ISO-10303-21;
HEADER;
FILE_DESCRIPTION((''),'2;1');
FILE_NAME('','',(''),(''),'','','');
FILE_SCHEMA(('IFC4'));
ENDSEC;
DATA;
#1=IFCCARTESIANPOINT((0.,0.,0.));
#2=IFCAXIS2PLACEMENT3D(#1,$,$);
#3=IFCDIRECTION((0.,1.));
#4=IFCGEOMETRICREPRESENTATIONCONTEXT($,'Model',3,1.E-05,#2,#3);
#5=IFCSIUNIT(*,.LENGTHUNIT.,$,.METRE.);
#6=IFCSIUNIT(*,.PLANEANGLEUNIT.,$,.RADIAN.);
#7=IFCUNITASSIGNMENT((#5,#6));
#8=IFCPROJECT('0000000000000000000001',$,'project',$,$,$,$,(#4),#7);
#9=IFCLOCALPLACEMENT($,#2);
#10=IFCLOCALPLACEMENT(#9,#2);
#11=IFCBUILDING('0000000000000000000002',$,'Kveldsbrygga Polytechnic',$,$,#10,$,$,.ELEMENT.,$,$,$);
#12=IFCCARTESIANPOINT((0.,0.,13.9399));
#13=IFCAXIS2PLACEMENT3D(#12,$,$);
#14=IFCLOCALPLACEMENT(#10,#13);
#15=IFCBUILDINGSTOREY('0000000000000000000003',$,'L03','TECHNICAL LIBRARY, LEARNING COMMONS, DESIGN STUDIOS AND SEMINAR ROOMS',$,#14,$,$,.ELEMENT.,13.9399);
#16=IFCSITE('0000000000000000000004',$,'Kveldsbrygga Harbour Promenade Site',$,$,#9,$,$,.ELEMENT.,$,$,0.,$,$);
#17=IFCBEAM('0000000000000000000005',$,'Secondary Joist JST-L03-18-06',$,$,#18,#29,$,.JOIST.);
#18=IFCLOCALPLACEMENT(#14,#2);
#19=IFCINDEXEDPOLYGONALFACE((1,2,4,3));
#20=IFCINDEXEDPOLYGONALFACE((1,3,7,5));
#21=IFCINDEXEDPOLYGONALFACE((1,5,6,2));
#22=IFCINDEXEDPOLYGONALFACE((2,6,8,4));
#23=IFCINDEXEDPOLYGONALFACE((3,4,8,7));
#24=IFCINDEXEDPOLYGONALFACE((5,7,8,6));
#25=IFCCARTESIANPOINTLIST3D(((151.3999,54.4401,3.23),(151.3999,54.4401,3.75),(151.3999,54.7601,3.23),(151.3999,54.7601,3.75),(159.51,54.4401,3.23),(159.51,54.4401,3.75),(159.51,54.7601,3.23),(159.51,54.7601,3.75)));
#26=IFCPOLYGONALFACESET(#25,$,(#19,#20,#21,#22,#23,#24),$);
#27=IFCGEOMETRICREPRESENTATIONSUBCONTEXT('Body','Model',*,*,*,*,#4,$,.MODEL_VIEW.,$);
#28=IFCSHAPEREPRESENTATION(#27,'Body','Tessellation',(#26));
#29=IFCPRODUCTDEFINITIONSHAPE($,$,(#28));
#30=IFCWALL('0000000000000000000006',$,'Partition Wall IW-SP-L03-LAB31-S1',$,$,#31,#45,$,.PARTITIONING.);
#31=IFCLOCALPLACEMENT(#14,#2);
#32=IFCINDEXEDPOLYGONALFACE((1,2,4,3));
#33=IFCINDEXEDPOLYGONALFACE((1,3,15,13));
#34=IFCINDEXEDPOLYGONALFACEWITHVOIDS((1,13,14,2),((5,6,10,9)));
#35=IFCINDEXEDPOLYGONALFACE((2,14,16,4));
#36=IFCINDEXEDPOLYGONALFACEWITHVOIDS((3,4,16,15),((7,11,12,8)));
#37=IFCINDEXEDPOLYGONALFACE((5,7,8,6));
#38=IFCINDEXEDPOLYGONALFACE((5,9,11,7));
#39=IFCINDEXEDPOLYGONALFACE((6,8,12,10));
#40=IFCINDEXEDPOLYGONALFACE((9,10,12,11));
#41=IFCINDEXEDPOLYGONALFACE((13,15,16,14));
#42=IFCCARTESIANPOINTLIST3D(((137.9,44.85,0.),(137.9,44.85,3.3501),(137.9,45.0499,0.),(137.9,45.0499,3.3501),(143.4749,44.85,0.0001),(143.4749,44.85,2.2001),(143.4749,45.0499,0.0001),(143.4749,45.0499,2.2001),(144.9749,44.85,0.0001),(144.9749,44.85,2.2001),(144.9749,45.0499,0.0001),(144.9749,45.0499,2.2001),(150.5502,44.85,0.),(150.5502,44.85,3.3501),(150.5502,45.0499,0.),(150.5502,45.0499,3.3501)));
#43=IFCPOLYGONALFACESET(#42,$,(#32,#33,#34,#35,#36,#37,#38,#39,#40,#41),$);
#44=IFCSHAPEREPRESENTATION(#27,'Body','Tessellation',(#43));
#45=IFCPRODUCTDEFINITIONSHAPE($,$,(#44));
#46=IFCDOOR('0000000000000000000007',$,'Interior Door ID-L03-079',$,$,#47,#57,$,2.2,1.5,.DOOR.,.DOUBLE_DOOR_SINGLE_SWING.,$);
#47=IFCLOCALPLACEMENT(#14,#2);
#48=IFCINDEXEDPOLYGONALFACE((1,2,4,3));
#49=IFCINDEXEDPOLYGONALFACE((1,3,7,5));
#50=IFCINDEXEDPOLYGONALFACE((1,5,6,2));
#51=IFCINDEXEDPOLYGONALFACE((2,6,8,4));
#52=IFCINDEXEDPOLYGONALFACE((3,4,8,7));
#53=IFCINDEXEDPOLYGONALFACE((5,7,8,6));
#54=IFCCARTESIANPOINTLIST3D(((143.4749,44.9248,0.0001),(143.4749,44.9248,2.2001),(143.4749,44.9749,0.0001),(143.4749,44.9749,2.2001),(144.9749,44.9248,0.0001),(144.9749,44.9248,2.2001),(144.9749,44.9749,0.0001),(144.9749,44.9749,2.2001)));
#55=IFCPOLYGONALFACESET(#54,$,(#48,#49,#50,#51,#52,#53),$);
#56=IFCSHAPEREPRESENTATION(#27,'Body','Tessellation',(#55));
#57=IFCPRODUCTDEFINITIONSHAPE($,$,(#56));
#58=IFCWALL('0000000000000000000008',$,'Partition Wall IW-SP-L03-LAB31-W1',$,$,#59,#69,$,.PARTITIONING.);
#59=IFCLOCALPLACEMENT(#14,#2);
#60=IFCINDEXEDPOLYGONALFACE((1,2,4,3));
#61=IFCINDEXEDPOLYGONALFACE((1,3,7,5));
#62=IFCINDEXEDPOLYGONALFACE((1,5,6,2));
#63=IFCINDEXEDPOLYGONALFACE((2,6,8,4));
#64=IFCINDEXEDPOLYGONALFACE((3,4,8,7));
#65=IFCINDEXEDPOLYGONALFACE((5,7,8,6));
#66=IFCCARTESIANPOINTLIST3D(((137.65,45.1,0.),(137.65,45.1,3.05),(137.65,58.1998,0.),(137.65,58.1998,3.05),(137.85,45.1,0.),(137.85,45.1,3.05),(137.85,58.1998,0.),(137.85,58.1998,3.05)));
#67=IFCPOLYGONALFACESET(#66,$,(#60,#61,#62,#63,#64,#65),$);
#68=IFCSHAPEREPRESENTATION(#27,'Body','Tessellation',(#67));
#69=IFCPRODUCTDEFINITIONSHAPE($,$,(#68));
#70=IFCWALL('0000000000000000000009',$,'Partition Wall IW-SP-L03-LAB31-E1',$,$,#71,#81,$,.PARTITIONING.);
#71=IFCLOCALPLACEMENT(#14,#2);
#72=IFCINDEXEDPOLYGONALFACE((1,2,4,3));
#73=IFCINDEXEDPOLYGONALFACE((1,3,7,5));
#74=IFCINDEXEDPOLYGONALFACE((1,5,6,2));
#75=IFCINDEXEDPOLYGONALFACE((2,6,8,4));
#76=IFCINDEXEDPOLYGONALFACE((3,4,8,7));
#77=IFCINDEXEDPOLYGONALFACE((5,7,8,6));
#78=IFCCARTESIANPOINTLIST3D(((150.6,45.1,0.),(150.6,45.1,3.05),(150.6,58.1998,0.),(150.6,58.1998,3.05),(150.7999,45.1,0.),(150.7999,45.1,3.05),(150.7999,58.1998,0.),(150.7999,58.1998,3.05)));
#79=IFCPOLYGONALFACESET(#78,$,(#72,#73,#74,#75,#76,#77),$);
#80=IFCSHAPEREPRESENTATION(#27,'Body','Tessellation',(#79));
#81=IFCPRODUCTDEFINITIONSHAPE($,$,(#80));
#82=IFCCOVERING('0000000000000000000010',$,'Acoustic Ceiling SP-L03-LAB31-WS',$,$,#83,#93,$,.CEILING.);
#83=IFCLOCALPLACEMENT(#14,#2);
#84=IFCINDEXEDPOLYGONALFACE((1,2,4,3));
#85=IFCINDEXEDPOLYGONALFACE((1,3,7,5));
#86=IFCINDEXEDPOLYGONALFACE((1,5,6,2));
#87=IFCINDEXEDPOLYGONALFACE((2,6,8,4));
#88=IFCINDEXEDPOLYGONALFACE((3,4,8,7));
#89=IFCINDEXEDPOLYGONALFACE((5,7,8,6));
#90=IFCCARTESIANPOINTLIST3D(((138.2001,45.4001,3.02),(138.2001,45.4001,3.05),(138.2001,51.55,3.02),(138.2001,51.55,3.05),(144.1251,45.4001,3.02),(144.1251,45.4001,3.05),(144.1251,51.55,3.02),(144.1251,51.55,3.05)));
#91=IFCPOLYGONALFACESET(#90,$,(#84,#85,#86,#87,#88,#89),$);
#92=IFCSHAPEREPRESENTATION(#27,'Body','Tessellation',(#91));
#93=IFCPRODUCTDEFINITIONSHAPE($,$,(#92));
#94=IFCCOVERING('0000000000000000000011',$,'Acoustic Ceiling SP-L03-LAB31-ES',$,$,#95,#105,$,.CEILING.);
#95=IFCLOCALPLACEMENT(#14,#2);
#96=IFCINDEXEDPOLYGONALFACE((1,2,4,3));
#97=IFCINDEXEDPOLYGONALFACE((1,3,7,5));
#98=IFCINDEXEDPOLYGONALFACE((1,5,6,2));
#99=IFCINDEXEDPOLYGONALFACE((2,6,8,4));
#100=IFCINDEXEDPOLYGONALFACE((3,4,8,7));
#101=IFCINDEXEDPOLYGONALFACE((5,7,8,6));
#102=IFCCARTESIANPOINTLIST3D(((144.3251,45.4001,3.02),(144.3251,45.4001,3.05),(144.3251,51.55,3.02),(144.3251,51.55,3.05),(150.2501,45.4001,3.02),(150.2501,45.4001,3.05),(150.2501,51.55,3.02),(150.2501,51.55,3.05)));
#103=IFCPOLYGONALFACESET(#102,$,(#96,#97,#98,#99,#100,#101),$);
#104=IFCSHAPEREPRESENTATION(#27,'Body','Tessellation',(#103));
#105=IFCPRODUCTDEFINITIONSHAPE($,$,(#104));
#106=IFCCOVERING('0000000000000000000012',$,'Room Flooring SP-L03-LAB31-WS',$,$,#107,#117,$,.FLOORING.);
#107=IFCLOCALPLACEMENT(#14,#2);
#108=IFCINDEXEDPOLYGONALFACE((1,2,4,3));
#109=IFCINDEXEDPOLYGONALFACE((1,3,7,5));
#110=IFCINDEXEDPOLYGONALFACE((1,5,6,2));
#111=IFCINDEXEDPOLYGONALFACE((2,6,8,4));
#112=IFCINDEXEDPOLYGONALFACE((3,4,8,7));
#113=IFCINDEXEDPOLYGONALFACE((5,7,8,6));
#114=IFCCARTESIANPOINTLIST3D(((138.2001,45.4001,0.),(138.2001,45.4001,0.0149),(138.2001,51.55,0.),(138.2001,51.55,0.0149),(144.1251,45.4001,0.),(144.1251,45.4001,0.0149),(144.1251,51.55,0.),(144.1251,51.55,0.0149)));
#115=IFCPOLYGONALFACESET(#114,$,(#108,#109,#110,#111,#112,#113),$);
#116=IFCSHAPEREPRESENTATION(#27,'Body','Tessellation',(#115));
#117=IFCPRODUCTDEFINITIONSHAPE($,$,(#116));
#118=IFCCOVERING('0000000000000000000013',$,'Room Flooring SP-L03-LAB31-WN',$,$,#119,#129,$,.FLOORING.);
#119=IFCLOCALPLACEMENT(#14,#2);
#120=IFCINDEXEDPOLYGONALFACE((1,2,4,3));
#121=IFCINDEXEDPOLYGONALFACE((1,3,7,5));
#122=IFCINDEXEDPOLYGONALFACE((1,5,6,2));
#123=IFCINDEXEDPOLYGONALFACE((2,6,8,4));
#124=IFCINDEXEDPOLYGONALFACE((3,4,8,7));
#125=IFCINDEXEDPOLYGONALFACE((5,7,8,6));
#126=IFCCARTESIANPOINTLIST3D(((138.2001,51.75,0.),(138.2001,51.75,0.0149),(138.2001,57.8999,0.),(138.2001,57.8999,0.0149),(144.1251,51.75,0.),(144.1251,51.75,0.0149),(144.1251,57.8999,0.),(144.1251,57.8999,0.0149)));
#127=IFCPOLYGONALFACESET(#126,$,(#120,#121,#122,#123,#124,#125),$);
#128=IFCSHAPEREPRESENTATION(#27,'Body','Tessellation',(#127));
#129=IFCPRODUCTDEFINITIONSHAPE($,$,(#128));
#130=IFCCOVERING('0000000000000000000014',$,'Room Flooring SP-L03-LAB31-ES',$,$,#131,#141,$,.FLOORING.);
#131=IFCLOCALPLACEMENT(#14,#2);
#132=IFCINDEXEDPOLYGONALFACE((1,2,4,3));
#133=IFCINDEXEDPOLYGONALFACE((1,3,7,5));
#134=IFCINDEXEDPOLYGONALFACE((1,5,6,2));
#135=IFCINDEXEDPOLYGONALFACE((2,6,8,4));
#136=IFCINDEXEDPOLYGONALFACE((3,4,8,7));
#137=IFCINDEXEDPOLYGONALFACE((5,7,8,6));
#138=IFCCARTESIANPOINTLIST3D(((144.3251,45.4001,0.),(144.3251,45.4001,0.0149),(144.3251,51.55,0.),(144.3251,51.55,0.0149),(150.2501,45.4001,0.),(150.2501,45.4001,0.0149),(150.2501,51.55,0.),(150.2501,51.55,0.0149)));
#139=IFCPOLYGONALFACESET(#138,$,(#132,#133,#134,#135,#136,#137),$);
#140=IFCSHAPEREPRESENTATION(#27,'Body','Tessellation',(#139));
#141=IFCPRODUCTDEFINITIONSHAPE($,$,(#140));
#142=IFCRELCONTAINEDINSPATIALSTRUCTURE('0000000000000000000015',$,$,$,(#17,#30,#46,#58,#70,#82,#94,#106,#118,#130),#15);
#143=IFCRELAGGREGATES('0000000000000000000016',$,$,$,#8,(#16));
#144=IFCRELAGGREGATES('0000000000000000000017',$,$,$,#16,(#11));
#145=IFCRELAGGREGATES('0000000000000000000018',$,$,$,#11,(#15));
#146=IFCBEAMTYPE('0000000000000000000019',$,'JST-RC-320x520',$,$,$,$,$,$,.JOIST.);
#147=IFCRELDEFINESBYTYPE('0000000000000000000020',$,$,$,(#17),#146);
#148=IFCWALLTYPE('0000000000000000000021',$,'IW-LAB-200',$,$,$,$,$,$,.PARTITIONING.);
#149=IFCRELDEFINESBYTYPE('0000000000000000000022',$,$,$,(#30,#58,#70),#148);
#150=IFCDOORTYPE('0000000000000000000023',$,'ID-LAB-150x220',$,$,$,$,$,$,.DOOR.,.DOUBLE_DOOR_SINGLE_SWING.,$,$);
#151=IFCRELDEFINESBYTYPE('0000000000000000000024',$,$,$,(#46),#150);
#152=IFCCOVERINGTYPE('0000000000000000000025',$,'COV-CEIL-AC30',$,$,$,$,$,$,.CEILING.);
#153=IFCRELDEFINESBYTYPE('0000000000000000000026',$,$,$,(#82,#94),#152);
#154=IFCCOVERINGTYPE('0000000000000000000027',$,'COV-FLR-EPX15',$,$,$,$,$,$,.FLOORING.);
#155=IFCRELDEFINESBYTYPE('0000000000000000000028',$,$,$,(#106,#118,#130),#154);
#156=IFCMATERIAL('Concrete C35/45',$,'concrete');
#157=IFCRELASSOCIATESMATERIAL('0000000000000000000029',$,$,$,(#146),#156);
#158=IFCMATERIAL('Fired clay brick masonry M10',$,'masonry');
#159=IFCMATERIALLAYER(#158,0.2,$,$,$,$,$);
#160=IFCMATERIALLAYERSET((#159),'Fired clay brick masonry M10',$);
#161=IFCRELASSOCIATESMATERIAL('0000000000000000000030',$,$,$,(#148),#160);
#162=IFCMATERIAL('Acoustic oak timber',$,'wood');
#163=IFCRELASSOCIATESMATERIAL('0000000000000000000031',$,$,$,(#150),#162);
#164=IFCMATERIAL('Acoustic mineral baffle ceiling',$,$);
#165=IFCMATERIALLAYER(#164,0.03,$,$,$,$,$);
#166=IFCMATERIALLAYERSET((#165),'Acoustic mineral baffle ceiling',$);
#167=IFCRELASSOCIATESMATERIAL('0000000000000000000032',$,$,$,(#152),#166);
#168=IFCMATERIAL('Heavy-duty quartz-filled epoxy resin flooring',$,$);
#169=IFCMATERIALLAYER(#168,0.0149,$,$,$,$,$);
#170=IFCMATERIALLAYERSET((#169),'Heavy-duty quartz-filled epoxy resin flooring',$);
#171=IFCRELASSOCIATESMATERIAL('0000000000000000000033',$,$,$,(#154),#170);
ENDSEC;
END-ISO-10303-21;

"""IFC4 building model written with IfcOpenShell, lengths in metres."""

from ifc_helpers import new_model, si_unit, direction, frame, frame_2d, origin, origin_2d, place, context, subcontext, project, spatial, rectangle, extrude, material, layer, layer_set, material_profile, profile_set, type_object, element, fill, save


model = new_model("IFC4")

# Units and contexts
model_context = context("Model", 3, precision=1e-05, world=origin(), true_north=direction((0.0, 1.0)))
body_context = subcontext(model_context, "Body", "Model", "MODEL_VIEW")
ifc_project = project(units=[si_unit("LENGTHUNIT", "METRE"), si_unit("PLANEANGLEUNIT", "RADIAN")], contexts=[model_context])

# Site, building, storey
site_placement = place(None, origin())
site = spatial("IfcSite", under=ifc_project, at=site_placement, Name="Kveldsbrygga Harbour Promenade Site", CompositionType="ELEMENT", RefElevation=0.0)
building_placement = place(site_placement, origin())
building = spatial("IfcBuilding", under=site, at=building_placement, Name="Kveldsbrygga Polytechnic", CompositionType="ELEMENT")
storey_placement = place(building_placement, frame((0.0, 0.0, 13.9399)))
storey = spatial("IfcBuildingStorey", under=building, at=storey_placement, Name="L03", Description="TECHNICAL LIBRARY, LEARNING COMMONS, DESIGN STUDIOS AND SEMINAR ROOMS", CompositionType="ELEMENT", Elevation=13.9399)

# Beam
ifc_material_1 = material(Name="Concrete C35/45", Category="concrete")
ifc_material_profile_1 = material_profile(ifc_material_1, rectangle(XDim=0.3201, YDim=0.52, at=origin_2d()), Name="RC 320x520")
ifc_profile_set_1 = profile_set([ifc_material_profile_1], Name="Concrete C35/45")
beam_type_1 = type_object("IfcBeamType", Name="JST-RC-320x520", PredefinedType="JOIST", material=ifc_profile_set_1)
for number, where, z_axis, x_axis, name in (
    (1, (151.3999, 54.6001, 3.49), (1.0, 0.0, 0.0), (0.0, 1.0, 0.0), "Secondary Joist JST-L03-18-06"),
):
    element("IfcBeam", number, at=place(storey_placement, frame(where, z_axis=z_axis, x_axis=x_axis)), inside=storey, type_object=beam_type_1, Name=name, PredefinedType="JOIST", context=body_context, shape_type="SweptSolid", body=[
        extrude(rectangle(XDim=0.3201, YDim=0.52, at=origin_2d()), origin(), (0.0, 0.0, 1.0), 8.1101),
    ])

# Wall, opening, door
ifc_material_2 = material(Name="Fired clay brick masonry M10", Category="masonry")
ifc_layer_1 = layer(ifc_material_2, 0.2)
ifc_layer_set_1 = layer_set([ifc_layer_1], Name="Fired clay brick masonry M10")
wall_type = type_object("IfcWallType", Name="IW-LAB-200", PredefinedType="PARTITIONING", material=ifc_layer_set_1)
wall_placement = place(storey_placement, frame((137.8999, 44.95, 0.0), z_axis=(0.0, 0.0, 1.0), x_axis=(1.0, 0.0, 0.0)))
wall = element("IfcWall", 2, at=wall_placement, inside=storey, type_object=wall_type, Name="Partition Wall IW-SP-L03-LAB31-S1", PredefinedType="PARTITIONING", context=body_context, shape_type="SweptSolid", body=[
    extrude(rectangle(XDim=12.6501, YDim=0.2, at=frame_2d((6.3252, 0.0))), origin(), (0.0, 0.0, 1.0), 3.3501),
])
opening_placement = place(wall_placement, frame((5.575, 0.0, 0.0)))
opening = element("IfcOpeningElement", 3, at=opening_placement, cuts=wall, PredefinedType="OPENING", context=body_context, shape_type="SweptSolid", body=[
    extrude(rectangle(XDim=1.5, YDim=2.2, at=frame_2d((0.75, 1.1001))), frame((0.0, 0.1099, 0.0), z_axis=(0.0, -1.0, 0.0), x_axis=(1.0, 0.0, 0.0)), (0.0, 0.0, 1.0), 0.22),
])
ifc_material_3 = material(Name="Acoustic oak timber", Category="wood")
door_type = type_object("IfcDoorType", Name="ID-LAB-150x220", OperationType="DOUBLE_DOOR_SINGLE_SWING", PredefinedType="DOOR", material=ifc_material_3)
door_placement = place(opening_placement, origin())
door = element("IfcDoor", 4, at=door_placement, inside=storey, type_object=door_type, Name="Interior Door ID-L03-079", OperationType="DOUBLE_DOOR_SINGLE_SWING", OverallHeight=2.2, OverallWidth=1.5, PredefinedType="DOOR", context=body_context, shape_type="SweptSolid", body=[
    extrude(rectangle(XDim=1.5, YDim=2.2, at=frame_2d((0.75, 1.1001))), frame((0.0, 0.0249, 0.0), z_axis=(0.0, -1.0, 0.0), x_axis=(1.0, 0.0, 0.0)), (0.0, 0.0, 1.0), 0.05),
])
fill(opening, door)

# Walls
for number, where, z_axis, x_axis, name in (
    (5, (137.75, 45.1001, 0.0), (0.0, 0.0, 1.0), (0.0, 1.0, 0.0), "Partition Wall IW-SP-L03-LAB31-W1"),
    (6, (150.7, 45.1001, 0.0), (0.0, 0.0, 1.0), (0.0, 1.0, 0.0), "Partition Wall IW-SP-L03-LAB31-E1"),
):
    element("IfcWall", number, at=place(storey_placement, frame(where, z_axis=z_axis, x_axis=x_axis)), inside=storey, type_object=wall_type, Name=name, PredefinedType="PARTITIONING", context=body_context, shape_type="SweptSolid", body=[
        extrude(rectangle(XDim=13.0999, YDim=0.2, at=frame_2d((6.5498, 0.0))), origin(), (0.0, 0.0, 1.0), 3.05),
    ])

# Coverings
ifc_material_4 = material(Name="Acoustic mineral baffle ceiling")
ifc_layer_2 = layer(ifc_material_4, 0.03)
ifc_layer_set_2 = layer_set([ifc_layer_2], Name="Acoustic mineral baffle ceiling")
covering_type_1 = type_object("IfcCoveringType", Name="COV-CEIL-AC30", PredefinedType="CEILING", material=ifc_layer_set_2)
for number, where, z_axis, x_axis, name in (
    (7, (141.1626, 48.4751, 3.02), (0.0, 0.0, 1.0), (1.0, 0.0, 0.0), "Acoustic Ceiling SP-L03-LAB31-WS"),
    (8, (147.2876, 48.4751, 3.02), (0.0, 0.0, 1.0), (1.0, 0.0, 0.0), "Acoustic Ceiling SP-L03-LAB31-ES"),
):
    element("IfcCovering", number, at=place(storey_placement, frame(where, z_axis=z_axis, x_axis=x_axis)), inside=storey, type_object=covering_type_1, Name=name, PredefinedType="CEILING", context=body_context, shape_type="SweptSolid", body=[
        extrude(rectangle(XDim=5.925, YDim=6.1499, at=origin_2d()), origin(), (0.0, 0.0, 1.0), 0.03),
    ])
ifc_material_5 = material(Name="Heavy-duty quartz-filled epoxy resin flooring")
ifc_layer_3 = layer(ifc_material_5, 0.0149)
ifc_layer_set_3 = layer_set([ifc_layer_3], Name="Heavy-duty quartz-filled epoxy resin flooring")
covering_type_2 = type_object("IfcCoveringType", Name="COV-FLR-EPX15", PredefinedType="FLOORING", material=ifc_layer_set_3)
for number, where, z_axis, x_axis, name in (
    (9, (141.1626, 48.4751, 0.0), (0.0, 0.0, 1.0), (1.0, 0.0, 0.0), "Room Flooring SP-L03-LAB31-WS"),
    (10, (141.1626, 54.825, 0.0), (0.0, 0.0, 1.0), (1.0, 0.0, 0.0), "Room Flooring SP-L03-LAB31-WN"),
    (11, (147.2876, 48.4751, 0.0), (0.0, 0.0, 1.0), (1.0, 0.0, 0.0), "Room Flooring SP-L03-LAB31-ES"),
):
    element("IfcCovering", number, at=place(storey_placement, frame(where, z_axis=z_axis, x_axis=x_axis)), inside=storey, type_object=covering_type_2, Name=name, PredefinedType="FLOORING", context=body_context, shape_type="SweptSolid", body=[
        extrude(rectangle(XDim=5.925, YDim=6.1499, at=origin_2d()), origin(), (0.0, 0.0, 1.0), 0.0149),
    ])

save(model, "model.ifc")
